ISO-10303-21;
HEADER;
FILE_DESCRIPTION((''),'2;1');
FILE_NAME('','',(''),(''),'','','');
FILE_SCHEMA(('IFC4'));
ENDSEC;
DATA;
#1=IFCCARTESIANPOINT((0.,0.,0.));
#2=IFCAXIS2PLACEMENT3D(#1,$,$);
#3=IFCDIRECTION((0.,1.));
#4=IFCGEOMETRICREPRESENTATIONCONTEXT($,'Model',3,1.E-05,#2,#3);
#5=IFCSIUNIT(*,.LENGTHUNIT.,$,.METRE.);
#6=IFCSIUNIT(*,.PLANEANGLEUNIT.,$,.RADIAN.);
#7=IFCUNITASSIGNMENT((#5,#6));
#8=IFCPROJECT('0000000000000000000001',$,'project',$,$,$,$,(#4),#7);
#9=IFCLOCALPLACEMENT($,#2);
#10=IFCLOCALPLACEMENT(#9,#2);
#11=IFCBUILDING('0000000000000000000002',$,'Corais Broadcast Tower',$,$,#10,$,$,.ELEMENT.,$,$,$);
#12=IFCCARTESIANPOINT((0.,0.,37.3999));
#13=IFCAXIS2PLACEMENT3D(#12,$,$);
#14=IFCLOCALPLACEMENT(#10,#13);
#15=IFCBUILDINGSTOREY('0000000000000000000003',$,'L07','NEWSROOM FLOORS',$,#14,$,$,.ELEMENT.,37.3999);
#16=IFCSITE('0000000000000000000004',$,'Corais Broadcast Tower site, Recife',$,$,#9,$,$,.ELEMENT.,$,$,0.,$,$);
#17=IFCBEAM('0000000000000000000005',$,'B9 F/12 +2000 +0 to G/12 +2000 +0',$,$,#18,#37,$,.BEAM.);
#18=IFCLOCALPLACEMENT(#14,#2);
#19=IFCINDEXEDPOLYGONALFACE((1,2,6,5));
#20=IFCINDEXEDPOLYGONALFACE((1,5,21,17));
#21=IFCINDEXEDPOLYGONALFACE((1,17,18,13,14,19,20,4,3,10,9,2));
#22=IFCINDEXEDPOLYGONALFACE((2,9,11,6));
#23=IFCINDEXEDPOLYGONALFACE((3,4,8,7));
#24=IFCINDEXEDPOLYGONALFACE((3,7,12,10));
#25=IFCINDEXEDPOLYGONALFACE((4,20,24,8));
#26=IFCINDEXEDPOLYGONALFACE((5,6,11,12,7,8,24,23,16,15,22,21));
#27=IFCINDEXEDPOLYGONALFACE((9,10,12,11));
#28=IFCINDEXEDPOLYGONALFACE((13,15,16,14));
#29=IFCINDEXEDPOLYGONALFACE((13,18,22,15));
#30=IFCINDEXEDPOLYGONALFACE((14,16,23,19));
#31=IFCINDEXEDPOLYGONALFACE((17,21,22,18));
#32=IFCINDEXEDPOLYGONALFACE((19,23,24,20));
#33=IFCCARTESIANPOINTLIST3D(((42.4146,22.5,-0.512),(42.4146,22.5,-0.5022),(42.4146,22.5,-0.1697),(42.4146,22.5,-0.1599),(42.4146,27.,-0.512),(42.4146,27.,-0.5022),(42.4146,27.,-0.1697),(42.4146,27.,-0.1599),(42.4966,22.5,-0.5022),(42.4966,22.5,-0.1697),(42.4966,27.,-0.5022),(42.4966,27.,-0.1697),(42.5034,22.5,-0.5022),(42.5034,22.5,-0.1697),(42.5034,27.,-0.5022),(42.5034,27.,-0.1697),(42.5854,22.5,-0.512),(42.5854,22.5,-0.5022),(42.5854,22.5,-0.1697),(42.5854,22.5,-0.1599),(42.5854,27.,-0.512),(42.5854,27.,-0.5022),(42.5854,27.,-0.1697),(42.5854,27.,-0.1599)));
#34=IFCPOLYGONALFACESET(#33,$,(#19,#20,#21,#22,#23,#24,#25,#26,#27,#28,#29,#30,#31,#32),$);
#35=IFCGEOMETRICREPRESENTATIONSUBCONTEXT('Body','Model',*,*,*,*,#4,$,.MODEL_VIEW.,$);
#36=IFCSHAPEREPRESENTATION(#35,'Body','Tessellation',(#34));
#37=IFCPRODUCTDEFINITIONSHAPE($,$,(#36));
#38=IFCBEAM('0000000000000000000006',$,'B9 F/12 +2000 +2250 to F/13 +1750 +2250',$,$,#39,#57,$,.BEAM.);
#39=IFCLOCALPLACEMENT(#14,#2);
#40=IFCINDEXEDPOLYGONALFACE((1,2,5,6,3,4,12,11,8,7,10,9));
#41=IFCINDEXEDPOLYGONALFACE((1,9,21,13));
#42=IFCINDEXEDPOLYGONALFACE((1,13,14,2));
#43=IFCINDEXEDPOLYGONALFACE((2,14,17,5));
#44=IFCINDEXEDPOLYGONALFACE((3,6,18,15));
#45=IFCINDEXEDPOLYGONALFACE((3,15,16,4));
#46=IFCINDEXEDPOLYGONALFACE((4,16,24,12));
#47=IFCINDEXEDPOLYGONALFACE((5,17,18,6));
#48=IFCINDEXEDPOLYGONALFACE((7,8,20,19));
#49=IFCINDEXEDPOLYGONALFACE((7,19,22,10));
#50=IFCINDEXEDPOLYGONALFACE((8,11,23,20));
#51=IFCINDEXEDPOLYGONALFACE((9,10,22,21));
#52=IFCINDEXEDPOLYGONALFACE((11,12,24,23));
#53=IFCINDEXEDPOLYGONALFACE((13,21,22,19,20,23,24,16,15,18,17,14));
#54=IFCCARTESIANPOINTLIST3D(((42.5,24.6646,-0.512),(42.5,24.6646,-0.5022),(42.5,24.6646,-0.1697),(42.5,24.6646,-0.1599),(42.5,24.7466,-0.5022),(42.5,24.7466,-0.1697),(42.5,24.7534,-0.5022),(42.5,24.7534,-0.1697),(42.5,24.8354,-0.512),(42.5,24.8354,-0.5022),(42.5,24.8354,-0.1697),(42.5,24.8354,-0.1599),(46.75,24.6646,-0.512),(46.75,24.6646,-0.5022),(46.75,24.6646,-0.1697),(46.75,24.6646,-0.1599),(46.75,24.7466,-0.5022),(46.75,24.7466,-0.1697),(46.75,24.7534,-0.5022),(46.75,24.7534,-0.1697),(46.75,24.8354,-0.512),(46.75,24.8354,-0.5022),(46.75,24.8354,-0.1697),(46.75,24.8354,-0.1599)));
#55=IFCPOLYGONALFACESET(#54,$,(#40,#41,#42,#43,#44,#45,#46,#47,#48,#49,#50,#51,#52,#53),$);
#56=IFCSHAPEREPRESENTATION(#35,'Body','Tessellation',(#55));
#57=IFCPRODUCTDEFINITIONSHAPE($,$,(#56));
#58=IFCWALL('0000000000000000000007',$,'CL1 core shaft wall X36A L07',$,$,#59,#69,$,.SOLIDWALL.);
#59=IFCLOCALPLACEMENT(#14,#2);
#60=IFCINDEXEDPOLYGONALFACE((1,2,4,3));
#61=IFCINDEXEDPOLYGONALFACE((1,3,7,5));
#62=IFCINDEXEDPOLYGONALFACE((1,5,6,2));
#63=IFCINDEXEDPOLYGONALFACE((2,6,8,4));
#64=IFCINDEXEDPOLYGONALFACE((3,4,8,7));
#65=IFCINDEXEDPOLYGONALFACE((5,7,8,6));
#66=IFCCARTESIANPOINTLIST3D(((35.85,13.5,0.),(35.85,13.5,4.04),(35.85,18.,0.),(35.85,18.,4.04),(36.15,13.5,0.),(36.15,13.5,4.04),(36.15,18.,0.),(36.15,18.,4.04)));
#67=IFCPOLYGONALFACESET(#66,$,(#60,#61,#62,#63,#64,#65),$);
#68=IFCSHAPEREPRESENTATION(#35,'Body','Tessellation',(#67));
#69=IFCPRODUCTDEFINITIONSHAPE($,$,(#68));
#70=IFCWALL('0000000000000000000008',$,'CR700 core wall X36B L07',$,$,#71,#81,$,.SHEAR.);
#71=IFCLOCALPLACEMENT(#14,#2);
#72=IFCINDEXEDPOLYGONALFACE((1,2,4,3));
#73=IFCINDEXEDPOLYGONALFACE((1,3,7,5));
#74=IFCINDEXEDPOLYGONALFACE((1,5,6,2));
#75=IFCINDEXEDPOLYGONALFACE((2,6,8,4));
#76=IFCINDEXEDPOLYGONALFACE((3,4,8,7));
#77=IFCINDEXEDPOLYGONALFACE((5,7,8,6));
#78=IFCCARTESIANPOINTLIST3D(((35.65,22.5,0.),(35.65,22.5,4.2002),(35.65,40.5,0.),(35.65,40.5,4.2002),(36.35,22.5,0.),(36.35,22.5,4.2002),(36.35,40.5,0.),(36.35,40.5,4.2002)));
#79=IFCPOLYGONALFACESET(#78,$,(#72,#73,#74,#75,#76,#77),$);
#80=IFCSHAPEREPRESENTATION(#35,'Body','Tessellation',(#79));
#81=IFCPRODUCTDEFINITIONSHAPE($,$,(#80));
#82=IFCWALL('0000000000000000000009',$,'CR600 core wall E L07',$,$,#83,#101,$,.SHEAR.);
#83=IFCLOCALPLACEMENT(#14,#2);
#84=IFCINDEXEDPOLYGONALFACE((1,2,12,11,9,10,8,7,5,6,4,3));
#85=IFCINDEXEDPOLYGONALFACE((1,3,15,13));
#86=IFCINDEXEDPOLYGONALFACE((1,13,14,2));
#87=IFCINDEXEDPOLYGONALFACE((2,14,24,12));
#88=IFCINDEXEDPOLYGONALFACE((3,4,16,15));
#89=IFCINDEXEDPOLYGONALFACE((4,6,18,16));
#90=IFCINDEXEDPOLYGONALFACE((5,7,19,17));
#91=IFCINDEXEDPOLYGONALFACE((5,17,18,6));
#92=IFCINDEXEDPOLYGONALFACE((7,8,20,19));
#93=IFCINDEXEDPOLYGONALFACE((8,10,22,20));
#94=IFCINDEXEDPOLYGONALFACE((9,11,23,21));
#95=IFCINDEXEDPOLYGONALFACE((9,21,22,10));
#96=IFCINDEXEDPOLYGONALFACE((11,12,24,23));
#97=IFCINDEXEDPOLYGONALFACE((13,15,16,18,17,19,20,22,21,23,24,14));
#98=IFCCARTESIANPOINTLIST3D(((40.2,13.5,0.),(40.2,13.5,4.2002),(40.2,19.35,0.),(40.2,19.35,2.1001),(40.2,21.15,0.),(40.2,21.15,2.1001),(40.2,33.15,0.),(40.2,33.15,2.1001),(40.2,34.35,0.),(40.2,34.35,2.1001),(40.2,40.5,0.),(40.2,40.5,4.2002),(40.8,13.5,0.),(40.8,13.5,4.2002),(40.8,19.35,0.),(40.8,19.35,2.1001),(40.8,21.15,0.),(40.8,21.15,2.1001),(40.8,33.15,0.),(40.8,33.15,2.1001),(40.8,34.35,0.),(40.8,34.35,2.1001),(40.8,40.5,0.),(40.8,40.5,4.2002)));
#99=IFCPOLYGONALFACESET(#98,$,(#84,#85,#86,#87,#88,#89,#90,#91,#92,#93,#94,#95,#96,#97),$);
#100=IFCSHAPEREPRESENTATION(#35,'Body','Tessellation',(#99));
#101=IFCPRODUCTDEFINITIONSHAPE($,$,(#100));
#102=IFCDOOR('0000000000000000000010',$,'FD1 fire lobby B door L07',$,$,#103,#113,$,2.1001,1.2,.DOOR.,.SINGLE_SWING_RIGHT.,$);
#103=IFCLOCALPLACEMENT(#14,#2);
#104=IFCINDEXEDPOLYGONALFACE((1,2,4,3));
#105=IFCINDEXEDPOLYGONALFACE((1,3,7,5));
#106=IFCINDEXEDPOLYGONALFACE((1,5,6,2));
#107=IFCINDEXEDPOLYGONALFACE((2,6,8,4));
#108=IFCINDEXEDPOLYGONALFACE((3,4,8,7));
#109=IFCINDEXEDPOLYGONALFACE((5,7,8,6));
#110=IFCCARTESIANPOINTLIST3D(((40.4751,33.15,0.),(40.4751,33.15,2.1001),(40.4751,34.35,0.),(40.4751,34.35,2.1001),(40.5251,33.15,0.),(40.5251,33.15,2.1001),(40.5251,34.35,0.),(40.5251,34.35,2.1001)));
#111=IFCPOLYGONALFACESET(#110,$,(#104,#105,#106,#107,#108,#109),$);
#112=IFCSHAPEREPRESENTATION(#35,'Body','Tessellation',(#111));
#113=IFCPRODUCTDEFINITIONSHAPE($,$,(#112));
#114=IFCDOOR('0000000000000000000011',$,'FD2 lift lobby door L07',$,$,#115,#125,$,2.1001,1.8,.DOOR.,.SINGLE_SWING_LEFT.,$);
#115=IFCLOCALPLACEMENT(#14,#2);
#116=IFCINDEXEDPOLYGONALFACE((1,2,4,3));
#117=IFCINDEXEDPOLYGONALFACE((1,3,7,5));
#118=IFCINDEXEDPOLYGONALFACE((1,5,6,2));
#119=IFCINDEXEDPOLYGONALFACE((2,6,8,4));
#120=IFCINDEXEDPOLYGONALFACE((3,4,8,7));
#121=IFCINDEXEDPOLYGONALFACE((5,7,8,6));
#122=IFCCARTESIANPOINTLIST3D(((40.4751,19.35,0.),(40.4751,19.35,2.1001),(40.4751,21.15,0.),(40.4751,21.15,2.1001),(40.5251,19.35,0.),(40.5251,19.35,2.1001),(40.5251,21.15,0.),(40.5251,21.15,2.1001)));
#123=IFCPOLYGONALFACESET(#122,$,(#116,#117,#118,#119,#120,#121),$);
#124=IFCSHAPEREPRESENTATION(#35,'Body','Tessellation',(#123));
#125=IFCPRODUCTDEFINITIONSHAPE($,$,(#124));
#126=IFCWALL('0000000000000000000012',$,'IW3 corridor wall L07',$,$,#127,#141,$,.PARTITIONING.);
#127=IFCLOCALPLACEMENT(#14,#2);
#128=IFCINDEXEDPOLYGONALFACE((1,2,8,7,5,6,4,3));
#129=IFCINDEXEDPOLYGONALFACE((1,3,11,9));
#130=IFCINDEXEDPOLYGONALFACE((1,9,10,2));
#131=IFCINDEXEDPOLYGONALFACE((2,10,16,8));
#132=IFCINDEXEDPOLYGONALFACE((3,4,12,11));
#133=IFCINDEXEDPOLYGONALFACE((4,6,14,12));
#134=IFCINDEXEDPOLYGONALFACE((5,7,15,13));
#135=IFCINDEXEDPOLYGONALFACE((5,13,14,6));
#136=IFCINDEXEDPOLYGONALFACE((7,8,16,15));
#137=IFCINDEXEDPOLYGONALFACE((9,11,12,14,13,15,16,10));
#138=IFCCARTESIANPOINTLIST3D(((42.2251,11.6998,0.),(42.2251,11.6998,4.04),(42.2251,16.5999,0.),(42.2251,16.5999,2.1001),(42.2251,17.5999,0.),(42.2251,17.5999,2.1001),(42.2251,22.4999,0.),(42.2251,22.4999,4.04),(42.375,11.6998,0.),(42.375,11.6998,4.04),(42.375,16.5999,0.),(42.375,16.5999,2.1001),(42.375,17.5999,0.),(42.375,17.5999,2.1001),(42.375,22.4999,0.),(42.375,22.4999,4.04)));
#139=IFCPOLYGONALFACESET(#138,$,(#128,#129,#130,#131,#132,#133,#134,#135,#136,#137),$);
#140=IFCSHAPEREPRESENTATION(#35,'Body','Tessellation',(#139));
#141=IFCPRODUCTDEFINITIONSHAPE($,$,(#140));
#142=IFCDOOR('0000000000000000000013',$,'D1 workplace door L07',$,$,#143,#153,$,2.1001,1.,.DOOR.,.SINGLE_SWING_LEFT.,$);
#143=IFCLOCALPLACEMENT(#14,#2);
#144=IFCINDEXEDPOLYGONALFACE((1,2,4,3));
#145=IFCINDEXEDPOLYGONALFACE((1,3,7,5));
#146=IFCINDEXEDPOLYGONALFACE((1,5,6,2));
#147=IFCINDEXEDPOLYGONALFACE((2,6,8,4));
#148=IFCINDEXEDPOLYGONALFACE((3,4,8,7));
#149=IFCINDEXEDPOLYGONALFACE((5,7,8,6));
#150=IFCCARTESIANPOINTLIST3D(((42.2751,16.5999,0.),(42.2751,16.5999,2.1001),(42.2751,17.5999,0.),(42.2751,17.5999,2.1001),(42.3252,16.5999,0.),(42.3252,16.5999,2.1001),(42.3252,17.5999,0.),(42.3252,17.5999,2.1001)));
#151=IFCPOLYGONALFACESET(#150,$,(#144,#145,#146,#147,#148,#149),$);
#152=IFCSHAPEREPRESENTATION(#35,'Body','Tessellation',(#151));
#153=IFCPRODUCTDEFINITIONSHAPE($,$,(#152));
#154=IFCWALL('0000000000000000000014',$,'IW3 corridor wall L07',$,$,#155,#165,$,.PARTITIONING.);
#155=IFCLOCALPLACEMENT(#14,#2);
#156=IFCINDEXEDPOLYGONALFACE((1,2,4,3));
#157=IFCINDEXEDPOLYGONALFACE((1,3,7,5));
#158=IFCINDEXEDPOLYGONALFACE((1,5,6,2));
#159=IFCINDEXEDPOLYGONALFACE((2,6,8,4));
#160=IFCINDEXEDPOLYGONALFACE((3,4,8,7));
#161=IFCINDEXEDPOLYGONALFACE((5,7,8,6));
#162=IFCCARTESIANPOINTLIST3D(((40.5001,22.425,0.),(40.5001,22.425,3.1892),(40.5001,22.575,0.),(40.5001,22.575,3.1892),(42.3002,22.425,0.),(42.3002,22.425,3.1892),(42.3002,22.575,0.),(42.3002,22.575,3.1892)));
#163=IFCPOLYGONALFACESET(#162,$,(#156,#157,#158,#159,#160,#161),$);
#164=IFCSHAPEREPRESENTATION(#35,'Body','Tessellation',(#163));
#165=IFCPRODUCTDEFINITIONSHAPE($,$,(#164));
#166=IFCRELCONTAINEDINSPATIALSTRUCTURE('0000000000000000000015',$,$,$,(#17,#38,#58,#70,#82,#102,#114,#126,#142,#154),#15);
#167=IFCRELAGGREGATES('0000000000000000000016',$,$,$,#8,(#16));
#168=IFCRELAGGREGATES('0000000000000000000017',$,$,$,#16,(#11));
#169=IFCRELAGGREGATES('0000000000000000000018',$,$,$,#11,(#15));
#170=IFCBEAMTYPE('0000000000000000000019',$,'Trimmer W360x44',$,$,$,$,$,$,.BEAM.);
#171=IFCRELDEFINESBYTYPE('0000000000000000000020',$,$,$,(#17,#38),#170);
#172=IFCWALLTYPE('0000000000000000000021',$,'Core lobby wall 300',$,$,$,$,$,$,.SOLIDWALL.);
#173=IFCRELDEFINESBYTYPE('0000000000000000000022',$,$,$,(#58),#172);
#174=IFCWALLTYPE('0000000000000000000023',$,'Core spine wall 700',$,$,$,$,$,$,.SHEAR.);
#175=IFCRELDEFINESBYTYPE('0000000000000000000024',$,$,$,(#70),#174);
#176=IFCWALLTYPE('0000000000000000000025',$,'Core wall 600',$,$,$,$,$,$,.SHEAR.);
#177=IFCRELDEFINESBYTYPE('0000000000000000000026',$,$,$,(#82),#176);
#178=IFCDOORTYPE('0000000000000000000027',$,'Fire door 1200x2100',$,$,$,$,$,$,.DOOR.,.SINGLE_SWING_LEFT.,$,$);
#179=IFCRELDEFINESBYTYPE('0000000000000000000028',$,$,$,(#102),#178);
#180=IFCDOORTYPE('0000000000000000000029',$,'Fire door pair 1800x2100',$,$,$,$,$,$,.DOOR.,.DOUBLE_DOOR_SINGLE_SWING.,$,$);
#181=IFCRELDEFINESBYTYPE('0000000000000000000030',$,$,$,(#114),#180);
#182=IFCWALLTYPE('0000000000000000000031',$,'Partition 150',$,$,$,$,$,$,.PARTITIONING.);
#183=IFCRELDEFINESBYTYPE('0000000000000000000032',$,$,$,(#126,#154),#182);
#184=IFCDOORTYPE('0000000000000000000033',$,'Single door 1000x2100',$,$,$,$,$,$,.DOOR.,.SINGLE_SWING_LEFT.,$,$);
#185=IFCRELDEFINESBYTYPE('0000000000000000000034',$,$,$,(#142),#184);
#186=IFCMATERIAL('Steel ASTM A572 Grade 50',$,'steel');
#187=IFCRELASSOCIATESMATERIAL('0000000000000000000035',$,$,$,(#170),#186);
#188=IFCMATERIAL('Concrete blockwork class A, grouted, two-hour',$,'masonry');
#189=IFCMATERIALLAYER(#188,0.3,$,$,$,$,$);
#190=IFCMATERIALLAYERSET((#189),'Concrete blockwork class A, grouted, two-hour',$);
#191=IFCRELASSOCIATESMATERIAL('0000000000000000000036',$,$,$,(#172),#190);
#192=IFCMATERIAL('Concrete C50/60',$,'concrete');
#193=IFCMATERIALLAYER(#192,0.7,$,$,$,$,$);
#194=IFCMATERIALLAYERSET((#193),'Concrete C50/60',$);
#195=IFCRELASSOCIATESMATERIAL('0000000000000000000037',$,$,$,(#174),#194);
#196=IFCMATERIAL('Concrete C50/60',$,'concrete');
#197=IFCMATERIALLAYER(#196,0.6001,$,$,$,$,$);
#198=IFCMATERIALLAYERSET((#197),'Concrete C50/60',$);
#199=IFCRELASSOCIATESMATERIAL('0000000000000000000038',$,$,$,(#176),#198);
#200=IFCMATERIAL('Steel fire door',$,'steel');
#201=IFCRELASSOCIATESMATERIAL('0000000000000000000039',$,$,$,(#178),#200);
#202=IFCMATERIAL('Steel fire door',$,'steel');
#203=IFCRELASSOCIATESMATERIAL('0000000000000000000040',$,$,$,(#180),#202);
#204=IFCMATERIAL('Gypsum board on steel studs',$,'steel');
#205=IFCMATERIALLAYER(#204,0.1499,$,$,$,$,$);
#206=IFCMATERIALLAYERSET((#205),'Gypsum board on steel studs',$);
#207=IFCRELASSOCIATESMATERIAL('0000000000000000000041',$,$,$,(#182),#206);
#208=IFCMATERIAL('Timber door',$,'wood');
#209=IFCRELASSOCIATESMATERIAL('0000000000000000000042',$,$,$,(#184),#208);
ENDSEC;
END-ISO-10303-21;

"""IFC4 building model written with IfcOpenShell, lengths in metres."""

from ifc_helpers import new_model, si_unit, direction, frame, frame_2d, origin, origin_2d, place, context, subcontext, project, spatial, rectangle, i_section, extrude, material, layer, layer_set, material_profile, profile_set, type_object, element, fill, save


model = new_model("IFC4")

# Units and contexts
model_context = context("Model", 3, precision=1e-05, world=origin(), true_north=direction((0.0, 1.0)))
body_context = subcontext(model_context, "Body", "Model", "MODEL_VIEW")
ifc_project = project(units=[si_unit("LENGTHUNIT", "METRE"), si_unit("PLANEANGLEUNIT", "RADIAN")], contexts=[model_context])

# Site, building, storey
site_placement = place(None, origin())
site = spatial("IfcSite", under=ifc_project, at=site_placement, Name="Corais Broadcast Tower site, Recife", CompositionType="ELEMENT", RefElevation=0.0)
building_placement = place(site_placement, origin())
building = spatial("IfcBuilding", under=site, at=building_placement, Name="Corais Broadcast Tower", CompositionType="ELEMENT")
storey_placement = place(building_placement, frame((0.0, 0.0, 37.3999)))
storey = spatial("IfcBuildingStorey", under=building, at=storey_placement, Name="L07", Description="NEWSROOM FLOORS", CompositionType="ELEMENT", Elevation=37.3999)

# Beams
ifc_material_1 = material(Name="Steel ASTM A572 Grade 50", Category="steel")
ifc_material_profile_1 = material_profile(ifc_material_1, i_section(OverallWidth=0.1709, OverallDepth=0.3521, WebThickness=0.0068, FlangeThickness=0.0098, at=origin_2d()), Name="W360x44")
ifc_profile_set_1 = profile_set([ifc_material_profile_1], Name="Steel ASTM A572 Grade 50")
beam_type_1 = type_object("IfcBeamType", Name="Trimmer W360x44", PredefinedType="BEAM", material=ifc_profile_set_1)
beam_1_placement = place(storey_placement, frame((42.5, 22.5, -0.3359), z_axis=(0.0, 1.0, 0.0), x_axis=(-1.0, 0.0, 0.0)))
element("IfcBeam", 1, at=beam_1_placement, inside=storey, type_object=beam_type_1, Name="B9 F/12 +2000 +0 to G/12 +2000 +0", PredefinedType="BEAM", context=body_context, shape_type="SweptSolid", body=[
    extrude(i_section(OverallWidth=0.1709, OverallDepth=0.3521, WebThickness=0.0068, FlangeThickness=0.0098, at=origin_2d()), origin(), (0.0, 0.0, 1.0), 4.5),
])
beam_2_placement = place(storey_placement, frame((42.5, 24.75, -0.3359), z_axis=(1.0, 0.0, 0.0), x_axis=(0.0, 1.0, 0.0)))
element("IfcBeam", 2, at=beam_2_placement, inside=storey, type_object=beam_type_1, Name="B9 F/12 +2000 +2250 to F/13 +1750 +2250", PredefinedType="BEAM", context=body_context, shape_type="SweptSolid", body=[
    extrude(i_section(OverallWidth=0.1709, OverallDepth=0.3521, WebThickness=0.0068, FlangeThickness=0.0098, at=origin_2d()), origin(), (0.0, 0.0, 1.0), 4.25),
])

# Walls
ifc_material_2 = material(Name="Concrete blockwork class A, grouted, two-hour", Category="masonry")
ifc_layer_1 = layer(ifc_material_2, 0.3)
ifc_layer_set_1 = layer_set([ifc_layer_1], Name="Concrete blockwork class A, grouted, two-hour")
wall_type_1 = type_object("IfcWallType", Name="Core lobby wall 300", PredefinedType="SOLIDWALL", material=ifc_layer_set_1)
wall_1_placement = place(storey_placement, frame((36.0, 13.5, 0.0), z_axis=(0.0, 0.0, 1.0), x_axis=(0.0, 1.0, 0.0)))
element("IfcWall", 3, at=wall_1_placement, inside=storey, type_object=wall_type_1, Name="CL1 core shaft wall X36A L07", PredefinedType="SOLIDWALL", context=body_context, shape_type="SweptSolid", body=[
    extrude(rectangle(XDim=4.5, YDim=0.3, at=frame_2d((2.25, 0.0))), origin(), (0.0, 0.0, 1.0), 4.04),
])
ifc_material_3 = material(Name="Concrete C50/60", Category="concrete")
ifc_layer_2 = layer(ifc_material_3, 0.7)
ifc_layer_set_2 = layer_set([ifc_layer_2], Name="Concrete C50/60")
wall_type_2 = type_object("IfcWallType", Name="Core spine wall 700", PredefinedType="SHEAR", material=ifc_layer_set_2)
wall_2_placement = place(storey_placement, frame((36.0, 22.5, 0.0), z_axis=(0.0, 0.0, 1.0), x_axis=(0.0, 1.0, 0.0)))
element("IfcWall", 4, at=wall_2_placement, inside=storey, type_object=wall_type_2, Name="CR700 core wall X36B L07", PredefinedType="SHEAR", context=body_context, shape_type="SweptSolid", body=[
    extrude(rectangle(XDim=18.0, YDim=0.7, at=frame_2d((9.0, 0.0))), origin(), (0.0, 0.0, 1.0), 4.2002),
])

# Wall, openings, doors
ifc_material_4 = material(Name="Concrete C50/60", Category="concrete")
ifc_layer_3 = layer(ifc_material_4, 0.6001)
ifc_layer_set_3 = layer_set([ifc_layer_3], Name="Concrete C50/60")
wall_type_3 = type_object("IfcWallType", Name="Core wall 600", PredefinedType="SHEAR", material=ifc_layer_set_3)
wall_3_placement = place(storey_placement, frame((40.5, 13.5, 0.0), z_axis=(0.0, 0.0, 1.0), x_axis=(0.0, 1.0, 0.0)))
wall_3 = element("IfcWall", 5, at=wall_3_placement, inside=storey, type_object=wall_type_3, Name="CR600 core wall E L07", PredefinedType="SHEAR", context=body_context, shape_type="SweptSolid", body=[
    extrude(rectangle(XDim=27.0, YDim=0.6001, at=frame_2d((13.5, 0.0))), origin(), (0.0, 0.0, 1.0), 4.2002),
])
opening_1_placement = place(wall_3_placement, frame((5.8501, 0.0, 0.0)))
opening_1 = element("IfcOpeningElement", 6, at=opening_1_placement, cuts=wall_3, PredefinedType="OPENING", context=body_context, shape_type="SweptSolid", body=[
    extrude(rectangle(XDim=1.8, YDim=2.1001, at=frame_2d((0.8999, 1.05))), frame((0.0, 0.3101, 0.0), z_axis=(0.0, -1.0, 0.0), x_axis=(1.0, 0.0, 0.0)), (0.0, 0.0, 1.0), 0.6201),
])
opening_2_placement = place(wall_3_placement, frame((19.6499, 0.0, 0.0)))
opening_2 = element("IfcOpeningElement", 7, at=opening_2_placement, cuts=wall_3, PredefinedType="OPENING", context=body_context, shape_type="SweptSolid", body=[
    extrude(rectangle(XDim=1.2, YDim=2.1001, at=frame_2d((0.6001, 1.05))), frame((0.0, 0.3101, 0.0), z_axis=(0.0, -1.0, 0.0), x_axis=(1.0, 0.0, 0.0)), (0.0, 0.0, 1.0), 0.6201),
])
ifc_material_5 = material(Name="Steel fire door", Category="steel")
door_type_1 = type_object("IfcDoorType", Name="Fire door 1200x2100", OperationType="SINGLE_SWING_LEFT", PredefinedType="DOOR", material=ifc_material_5)
door_1_placement = place(opening_2_placement, origin())
door_1 = element("IfcDoor", 8, at=door_1_placement, inside=storey, type_object=door_type_1, Name="FD1 fire lobby B door L07", OperationType="SINGLE_SWING_RIGHT", OverallHeight=2.1001, OverallWidth=1.2, PredefinedType="DOOR", context=body_context, shape_type="SweptSolid", body=[
    extrude(rectangle(XDim=1.2, YDim=2.1001, at=frame_2d((0.6001, 1.05))), frame((0.0, 0.0249, 0.0), z_axis=(0.0, -1.0, 0.0), x_axis=(1.0, 0.0, 0.0)), (0.0, 0.0, 1.0), 0.05),
])
fill(opening_2, door_1)
ifc_material_6 = material(Name="Steel fire door", Category="steel")
door_type_2 = type_object("IfcDoorType", Name="Fire door pair 1800x2100", OperationType="DOUBLE_DOOR_SINGLE_SWING", PredefinedType="DOOR", material=ifc_material_6)
door_2_placement = place(opening_1_placement, origin())
door_2 = element("IfcDoor", 9, at=door_2_placement, inside=storey, type_object=door_type_2, Name="FD2 lift lobby door L07", OperationType="SINGLE_SWING_LEFT", OverallHeight=2.1001, OverallWidth=1.8, PredefinedType="DOOR", context=body_context, shape_type="SweptSolid", body=[
    extrude(rectangle(XDim=1.8, YDim=2.1001, at=frame_2d((0.8999, 1.05))), frame((0.0, 0.0249, 0.0), z_axis=(0.0, -1.0, 0.0), x_axis=(1.0, 0.0, 0.0)), (0.0, 0.0, 1.0), 0.05),
])
fill(opening_1, door_2)

# Wall, opening, door
ifc_material_7 = material(Name="Gypsum board on steel studs", Category="steel")
ifc_layer_4 = layer(ifc_material_7, 0.1499)
ifc_layer_set_4 = layer_set([ifc_layer_4], Name="Gypsum board on steel studs")
wall_type_4 = type_object("IfcWallType", Name="Partition 150", PredefinedType="PARTITIONING", material=ifc_layer_set_4)
wall_4_placement = place(storey_placement, frame((42.3, 11.7, 0.0), z_axis=(0.0, 0.0, 1.0), x_axis=(0.0, 1.0, 0.0)))
wall_4 = element("IfcWall", 10, at=wall_4_placement, inside=storey, type_object=wall_type_4, Name="IW3 corridor wall L07", PredefinedType="PARTITIONING", context=body_context, shape_type="SweptSolid", body=[
    extrude(rectangle(XDim=10.8, YDim=0.1499, at=frame_2d((5.3999, 0.0))), origin(), (0.0, 0.0, 1.0), 4.04),
])
opening_3_placement = place(wall_4_placement, frame((4.8999, 0.0, 0.0)))
opening_3 = element("IfcOpeningElement", 11, at=opening_3_placement, cuts=wall_4, PredefinedType="OPENING", context=body_context, shape_type="SweptSolid", body=[
    extrude(rectangle(XDim=1.0, YDim=2.1001, at=frame_2d((0.5, 1.05))), frame((0.0, 0.085, 0.0), z_axis=(0.0, -1.0, 0.0), x_axis=(1.0, 0.0, 0.0)), (0.0, 0.0, 1.0), 0.1699),
])
ifc_material_8 = material(Name="Timber door", Category="wood")
door_type_3 = type_object("IfcDoorType", Name="Single door 1000x2100", OperationType="SINGLE_SWING_LEFT", PredefinedType="DOOR", material=ifc_material_8)
door_3_placement = place(opening_3_placement, origin())
door_3 = element("IfcDoor", 12, at=door_3_placement, inside=storey, type_object=door_type_3, Name="D1 workplace door L07", OperationType="SINGLE_SWING_LEFT", OverallHeight=2.1001, OverallWidth=1.0, PredefinedType="DOOR", context=body_context, shape_type="SweptSolid", body=[
    extrude(rectangle(XDim=1.0, YDim=2.1001, at=frame_2d((0.5, 1.05))), frame((0.0, 0.0249, 0.0), z_axis=(0.0, -1.0, 0.0), x_axis=(1.0, 0.0, 0.0)), (0.0, 0.0, 1.0), 0.05),
])
fill(opening_3, door_3)

# Wall
wall_5_placement = place(storey_placement, frame((42.3, 22.5, 0.0), z_axis=(0.0, 0.0, 1.0), x_axis=(-1.0, 0.0, 0.0)))
element("IfcWall", 13, at=wall_5_placement, inside=storey, type_object=wall_type_4, Name="IW3 corridor wall L07", PredefinedType="PARTITIONING", context=body_context, shape_type="SweptSolid", body=[
    extrude(rectangle(XDim=1.8, YDim=0.1499, at=frame_2d((0.8999, 0.0))), origin(), (0.0, 0.0, 1.0), 3.1892),
])

save(model, "model.ifc")
